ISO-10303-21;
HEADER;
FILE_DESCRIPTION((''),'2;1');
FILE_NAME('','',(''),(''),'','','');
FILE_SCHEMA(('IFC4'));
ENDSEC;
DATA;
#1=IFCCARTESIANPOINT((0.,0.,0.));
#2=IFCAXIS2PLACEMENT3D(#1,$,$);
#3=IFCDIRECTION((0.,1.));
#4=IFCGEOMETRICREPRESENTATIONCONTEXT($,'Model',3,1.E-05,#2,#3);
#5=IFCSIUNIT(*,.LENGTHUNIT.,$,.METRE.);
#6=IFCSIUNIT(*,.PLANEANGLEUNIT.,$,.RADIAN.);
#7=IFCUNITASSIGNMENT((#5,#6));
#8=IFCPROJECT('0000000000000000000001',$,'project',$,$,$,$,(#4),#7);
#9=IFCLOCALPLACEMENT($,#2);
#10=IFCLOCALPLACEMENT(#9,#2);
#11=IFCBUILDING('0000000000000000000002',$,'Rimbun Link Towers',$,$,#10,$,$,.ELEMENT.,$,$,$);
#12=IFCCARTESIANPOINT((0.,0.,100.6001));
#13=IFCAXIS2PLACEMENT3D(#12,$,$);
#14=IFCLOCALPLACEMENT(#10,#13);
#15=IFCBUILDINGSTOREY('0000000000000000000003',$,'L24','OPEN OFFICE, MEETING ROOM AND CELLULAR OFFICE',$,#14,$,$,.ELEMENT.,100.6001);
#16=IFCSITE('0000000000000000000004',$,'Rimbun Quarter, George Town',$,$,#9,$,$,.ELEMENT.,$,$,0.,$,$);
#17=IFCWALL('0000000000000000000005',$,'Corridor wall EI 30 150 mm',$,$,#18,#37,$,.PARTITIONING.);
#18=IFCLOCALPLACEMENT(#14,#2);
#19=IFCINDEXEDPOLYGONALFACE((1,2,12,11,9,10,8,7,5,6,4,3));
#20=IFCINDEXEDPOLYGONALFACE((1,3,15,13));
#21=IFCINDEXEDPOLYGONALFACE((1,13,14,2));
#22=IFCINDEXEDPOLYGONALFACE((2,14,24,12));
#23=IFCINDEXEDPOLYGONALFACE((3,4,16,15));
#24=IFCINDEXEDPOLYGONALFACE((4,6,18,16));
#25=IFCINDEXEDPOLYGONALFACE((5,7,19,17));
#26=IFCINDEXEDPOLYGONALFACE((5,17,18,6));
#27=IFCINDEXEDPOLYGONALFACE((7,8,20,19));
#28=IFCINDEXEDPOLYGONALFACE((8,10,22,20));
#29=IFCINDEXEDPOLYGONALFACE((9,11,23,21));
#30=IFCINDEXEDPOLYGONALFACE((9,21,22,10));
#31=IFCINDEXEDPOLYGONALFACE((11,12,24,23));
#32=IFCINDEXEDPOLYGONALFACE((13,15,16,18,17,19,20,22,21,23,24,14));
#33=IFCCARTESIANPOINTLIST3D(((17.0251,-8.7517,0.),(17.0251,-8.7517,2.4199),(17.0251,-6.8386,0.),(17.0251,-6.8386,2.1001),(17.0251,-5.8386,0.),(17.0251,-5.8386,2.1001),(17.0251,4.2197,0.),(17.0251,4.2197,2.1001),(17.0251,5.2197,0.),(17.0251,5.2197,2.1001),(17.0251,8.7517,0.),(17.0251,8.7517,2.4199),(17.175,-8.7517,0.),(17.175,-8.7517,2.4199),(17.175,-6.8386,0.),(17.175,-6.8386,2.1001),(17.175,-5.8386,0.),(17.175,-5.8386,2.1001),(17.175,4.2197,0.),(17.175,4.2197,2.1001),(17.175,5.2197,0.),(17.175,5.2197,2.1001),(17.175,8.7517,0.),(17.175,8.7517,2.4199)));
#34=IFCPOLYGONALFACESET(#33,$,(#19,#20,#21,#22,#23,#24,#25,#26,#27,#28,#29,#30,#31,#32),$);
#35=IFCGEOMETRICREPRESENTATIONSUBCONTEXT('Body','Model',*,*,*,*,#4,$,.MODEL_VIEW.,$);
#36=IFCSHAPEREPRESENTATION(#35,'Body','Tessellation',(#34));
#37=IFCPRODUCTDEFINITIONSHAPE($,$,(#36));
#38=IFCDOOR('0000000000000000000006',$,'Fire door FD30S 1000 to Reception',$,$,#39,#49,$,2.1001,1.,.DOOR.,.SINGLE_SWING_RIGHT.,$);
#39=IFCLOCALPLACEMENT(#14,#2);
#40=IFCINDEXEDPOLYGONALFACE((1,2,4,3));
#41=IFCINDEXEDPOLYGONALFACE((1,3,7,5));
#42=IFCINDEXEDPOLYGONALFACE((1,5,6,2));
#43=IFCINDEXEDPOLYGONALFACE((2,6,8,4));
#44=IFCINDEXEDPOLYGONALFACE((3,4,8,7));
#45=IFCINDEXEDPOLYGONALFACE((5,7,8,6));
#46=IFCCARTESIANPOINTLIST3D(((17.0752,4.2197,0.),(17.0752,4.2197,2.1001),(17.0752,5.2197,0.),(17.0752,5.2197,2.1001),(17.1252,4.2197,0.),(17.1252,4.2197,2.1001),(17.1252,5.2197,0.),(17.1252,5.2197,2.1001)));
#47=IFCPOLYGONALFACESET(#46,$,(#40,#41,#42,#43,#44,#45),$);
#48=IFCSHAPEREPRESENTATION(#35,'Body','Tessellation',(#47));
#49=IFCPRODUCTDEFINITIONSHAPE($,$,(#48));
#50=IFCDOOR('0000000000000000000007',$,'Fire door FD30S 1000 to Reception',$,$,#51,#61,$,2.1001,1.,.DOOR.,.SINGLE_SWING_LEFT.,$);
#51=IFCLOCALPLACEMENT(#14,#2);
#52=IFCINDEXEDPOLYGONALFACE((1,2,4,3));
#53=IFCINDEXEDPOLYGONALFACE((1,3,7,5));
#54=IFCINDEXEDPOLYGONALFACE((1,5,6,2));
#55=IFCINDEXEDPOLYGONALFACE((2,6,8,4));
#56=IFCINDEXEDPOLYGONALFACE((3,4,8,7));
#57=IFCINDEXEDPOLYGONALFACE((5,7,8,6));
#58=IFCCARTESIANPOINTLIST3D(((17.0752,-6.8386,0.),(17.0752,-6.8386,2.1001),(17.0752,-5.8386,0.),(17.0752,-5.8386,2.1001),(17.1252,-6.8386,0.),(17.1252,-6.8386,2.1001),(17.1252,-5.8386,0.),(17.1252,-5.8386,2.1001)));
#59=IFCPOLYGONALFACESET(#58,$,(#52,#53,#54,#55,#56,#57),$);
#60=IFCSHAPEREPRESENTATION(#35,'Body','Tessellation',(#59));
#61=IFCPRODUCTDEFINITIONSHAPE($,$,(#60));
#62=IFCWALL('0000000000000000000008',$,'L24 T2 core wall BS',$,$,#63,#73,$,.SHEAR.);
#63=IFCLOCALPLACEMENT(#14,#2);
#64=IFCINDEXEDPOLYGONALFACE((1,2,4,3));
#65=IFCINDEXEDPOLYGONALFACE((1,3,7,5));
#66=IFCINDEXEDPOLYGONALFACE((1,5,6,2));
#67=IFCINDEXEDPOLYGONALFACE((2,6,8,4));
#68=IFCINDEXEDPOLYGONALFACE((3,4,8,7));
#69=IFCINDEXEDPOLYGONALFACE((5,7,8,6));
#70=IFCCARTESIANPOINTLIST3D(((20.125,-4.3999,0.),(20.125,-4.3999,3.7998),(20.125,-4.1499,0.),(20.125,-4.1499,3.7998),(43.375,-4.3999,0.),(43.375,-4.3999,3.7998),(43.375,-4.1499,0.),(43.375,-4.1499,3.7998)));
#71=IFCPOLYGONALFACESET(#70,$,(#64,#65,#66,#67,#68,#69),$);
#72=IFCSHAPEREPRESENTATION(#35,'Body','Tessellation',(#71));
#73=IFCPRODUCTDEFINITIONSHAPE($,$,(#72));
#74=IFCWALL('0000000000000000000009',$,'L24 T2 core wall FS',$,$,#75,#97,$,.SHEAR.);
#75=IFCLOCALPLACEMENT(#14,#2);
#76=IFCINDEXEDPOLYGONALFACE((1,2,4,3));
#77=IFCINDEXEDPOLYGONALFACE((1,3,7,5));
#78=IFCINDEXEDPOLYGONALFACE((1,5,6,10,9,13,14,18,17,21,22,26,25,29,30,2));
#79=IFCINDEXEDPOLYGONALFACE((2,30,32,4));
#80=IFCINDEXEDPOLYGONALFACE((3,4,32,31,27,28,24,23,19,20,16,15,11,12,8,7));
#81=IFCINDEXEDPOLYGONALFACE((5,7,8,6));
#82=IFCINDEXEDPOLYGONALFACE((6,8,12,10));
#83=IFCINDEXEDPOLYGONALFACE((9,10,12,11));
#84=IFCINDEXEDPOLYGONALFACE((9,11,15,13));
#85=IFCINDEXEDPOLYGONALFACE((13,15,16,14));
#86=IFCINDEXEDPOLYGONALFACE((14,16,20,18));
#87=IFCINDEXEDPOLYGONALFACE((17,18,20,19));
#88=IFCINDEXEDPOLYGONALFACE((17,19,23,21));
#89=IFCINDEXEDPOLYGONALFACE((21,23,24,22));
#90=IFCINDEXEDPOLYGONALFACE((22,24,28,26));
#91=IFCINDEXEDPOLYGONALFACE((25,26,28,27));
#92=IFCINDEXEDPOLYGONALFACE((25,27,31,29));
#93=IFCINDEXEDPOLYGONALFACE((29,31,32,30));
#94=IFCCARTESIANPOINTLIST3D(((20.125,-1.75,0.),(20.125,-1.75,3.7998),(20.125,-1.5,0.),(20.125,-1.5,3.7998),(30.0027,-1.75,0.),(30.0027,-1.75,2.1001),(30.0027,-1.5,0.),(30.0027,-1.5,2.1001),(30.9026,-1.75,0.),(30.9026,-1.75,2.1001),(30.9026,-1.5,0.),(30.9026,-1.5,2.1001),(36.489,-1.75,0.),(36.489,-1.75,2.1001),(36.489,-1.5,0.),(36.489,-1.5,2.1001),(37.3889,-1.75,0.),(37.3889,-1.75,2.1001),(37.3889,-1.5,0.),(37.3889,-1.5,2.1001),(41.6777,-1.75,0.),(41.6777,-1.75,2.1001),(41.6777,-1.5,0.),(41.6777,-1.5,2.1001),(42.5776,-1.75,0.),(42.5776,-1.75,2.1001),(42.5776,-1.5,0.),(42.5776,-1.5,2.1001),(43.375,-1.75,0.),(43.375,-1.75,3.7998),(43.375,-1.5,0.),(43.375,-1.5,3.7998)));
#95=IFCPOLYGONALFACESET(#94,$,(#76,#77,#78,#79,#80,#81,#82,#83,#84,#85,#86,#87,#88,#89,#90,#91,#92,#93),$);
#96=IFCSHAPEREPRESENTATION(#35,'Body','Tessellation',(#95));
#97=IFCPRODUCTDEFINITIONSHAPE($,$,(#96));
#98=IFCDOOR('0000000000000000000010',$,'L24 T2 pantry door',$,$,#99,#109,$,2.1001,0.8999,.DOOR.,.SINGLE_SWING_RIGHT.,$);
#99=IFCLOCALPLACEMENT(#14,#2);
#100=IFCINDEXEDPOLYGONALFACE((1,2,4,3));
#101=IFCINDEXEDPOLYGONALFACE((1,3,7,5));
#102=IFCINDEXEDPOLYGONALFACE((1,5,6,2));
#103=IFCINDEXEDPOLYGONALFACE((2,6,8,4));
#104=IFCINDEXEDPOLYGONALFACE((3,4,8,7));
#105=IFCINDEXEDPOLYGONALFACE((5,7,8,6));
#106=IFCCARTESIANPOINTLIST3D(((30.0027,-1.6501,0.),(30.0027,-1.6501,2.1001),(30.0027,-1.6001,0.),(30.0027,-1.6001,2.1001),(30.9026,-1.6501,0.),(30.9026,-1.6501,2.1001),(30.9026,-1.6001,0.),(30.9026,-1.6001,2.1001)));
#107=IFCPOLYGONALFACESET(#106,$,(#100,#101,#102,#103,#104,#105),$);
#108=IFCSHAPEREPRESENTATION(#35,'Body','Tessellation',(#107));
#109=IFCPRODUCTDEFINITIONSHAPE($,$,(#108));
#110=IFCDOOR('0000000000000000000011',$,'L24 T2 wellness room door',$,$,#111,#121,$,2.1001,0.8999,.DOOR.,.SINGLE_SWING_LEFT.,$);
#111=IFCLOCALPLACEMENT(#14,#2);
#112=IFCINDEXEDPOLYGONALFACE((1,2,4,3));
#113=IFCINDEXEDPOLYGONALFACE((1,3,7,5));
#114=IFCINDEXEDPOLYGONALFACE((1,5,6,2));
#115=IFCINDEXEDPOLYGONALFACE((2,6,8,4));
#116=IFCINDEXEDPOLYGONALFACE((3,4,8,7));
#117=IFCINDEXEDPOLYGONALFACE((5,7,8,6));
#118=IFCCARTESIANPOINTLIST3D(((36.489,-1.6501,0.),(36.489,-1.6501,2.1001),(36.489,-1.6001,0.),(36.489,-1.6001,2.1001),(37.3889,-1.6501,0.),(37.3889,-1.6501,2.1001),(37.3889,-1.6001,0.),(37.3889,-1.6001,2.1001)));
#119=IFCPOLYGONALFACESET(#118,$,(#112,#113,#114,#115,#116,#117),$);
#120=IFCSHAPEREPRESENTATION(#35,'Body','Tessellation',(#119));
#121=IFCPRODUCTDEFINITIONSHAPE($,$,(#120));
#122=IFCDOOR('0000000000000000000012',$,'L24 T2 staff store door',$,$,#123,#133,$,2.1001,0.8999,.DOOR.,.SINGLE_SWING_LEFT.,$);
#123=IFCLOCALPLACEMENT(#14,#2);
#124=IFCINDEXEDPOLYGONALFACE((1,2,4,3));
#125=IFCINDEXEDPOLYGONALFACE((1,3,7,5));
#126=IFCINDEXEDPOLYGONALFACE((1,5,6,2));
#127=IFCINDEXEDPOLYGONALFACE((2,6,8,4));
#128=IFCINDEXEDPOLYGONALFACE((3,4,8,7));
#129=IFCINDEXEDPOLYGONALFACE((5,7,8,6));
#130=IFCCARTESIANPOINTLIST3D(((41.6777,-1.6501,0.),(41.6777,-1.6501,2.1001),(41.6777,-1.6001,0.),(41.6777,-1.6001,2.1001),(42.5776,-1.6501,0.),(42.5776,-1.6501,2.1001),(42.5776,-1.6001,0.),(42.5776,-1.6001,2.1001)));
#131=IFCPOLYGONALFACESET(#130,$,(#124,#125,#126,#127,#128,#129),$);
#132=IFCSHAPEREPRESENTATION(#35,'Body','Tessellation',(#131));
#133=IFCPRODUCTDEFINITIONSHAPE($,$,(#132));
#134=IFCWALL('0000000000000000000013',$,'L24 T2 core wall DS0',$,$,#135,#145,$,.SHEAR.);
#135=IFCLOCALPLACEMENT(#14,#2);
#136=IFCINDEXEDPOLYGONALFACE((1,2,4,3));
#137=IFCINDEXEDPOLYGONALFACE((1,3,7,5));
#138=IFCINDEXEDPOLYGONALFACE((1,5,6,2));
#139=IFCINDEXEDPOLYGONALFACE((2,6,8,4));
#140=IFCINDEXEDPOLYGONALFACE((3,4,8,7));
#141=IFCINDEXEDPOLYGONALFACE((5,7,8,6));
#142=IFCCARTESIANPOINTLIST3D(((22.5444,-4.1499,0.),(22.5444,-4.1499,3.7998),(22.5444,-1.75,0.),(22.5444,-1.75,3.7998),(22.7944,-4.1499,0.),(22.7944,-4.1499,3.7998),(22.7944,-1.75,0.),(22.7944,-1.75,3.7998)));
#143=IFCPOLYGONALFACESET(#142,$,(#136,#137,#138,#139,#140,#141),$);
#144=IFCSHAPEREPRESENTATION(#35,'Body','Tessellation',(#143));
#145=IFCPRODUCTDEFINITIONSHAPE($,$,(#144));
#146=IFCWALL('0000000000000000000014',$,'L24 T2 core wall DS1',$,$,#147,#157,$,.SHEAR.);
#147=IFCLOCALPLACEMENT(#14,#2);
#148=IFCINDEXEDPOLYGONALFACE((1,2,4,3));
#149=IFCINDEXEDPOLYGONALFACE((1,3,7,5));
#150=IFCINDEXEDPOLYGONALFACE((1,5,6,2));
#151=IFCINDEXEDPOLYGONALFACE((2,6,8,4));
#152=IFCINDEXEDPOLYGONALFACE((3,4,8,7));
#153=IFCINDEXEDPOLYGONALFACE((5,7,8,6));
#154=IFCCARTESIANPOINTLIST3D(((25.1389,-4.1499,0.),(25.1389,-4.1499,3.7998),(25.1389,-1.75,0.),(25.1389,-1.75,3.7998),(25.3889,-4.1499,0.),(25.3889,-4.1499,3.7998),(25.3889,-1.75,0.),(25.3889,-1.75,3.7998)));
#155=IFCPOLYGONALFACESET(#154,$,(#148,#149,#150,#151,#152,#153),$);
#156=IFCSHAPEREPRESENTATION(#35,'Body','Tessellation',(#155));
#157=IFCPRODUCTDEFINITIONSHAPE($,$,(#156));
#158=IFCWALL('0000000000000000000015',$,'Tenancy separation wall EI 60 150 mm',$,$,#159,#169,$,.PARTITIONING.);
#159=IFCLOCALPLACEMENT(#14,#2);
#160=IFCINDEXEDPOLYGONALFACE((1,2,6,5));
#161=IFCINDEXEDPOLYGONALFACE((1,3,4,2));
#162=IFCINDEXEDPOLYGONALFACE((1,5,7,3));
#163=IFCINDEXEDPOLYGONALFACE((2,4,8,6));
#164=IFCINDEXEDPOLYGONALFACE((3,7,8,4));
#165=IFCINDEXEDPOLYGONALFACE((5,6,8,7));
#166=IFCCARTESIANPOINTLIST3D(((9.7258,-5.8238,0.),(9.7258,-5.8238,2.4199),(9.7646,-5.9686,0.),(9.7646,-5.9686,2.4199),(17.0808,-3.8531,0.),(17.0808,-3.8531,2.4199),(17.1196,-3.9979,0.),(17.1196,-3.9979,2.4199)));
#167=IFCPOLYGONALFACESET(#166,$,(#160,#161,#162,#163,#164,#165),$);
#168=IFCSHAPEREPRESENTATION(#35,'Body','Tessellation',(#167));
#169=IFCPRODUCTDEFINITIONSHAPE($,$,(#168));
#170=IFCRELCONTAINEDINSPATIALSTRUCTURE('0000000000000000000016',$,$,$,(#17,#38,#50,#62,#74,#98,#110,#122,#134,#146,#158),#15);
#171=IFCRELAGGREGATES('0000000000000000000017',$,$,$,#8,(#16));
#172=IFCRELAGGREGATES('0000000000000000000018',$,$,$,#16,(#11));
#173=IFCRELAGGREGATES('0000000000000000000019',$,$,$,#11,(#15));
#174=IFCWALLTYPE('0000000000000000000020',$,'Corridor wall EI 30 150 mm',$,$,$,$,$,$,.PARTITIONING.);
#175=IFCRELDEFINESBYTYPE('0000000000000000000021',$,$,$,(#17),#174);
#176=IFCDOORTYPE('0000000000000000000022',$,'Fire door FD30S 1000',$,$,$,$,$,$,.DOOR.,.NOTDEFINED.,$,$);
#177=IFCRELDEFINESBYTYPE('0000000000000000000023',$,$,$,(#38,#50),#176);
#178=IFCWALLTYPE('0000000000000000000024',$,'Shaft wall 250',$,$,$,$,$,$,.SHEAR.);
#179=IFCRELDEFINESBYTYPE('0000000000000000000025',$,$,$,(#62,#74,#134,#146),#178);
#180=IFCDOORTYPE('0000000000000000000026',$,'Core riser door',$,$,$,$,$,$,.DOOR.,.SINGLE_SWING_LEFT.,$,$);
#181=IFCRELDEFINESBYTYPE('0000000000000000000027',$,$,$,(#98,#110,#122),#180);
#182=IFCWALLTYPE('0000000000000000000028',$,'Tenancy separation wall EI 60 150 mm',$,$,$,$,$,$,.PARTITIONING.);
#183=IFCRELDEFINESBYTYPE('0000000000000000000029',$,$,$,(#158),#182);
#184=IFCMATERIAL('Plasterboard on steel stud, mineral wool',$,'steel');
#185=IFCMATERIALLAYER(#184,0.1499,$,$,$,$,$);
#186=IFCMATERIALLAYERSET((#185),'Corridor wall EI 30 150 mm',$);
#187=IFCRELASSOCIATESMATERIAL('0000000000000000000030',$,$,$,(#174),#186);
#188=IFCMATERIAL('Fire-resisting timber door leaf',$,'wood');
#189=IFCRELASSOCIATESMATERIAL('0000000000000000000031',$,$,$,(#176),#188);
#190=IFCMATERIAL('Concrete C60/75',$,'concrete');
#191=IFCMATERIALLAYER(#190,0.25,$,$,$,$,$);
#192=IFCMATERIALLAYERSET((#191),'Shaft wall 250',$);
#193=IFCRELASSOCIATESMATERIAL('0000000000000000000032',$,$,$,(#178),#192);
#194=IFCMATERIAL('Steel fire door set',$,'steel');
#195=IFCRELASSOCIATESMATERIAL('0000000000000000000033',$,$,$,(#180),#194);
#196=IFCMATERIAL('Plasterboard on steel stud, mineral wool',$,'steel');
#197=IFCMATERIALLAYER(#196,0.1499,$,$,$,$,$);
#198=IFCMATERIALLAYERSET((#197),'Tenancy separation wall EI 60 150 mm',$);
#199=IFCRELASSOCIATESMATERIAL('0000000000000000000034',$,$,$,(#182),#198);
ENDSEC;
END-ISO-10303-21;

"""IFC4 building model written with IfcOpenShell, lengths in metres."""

from ifc_helpers import new_model, si_unit, direction, frame, frame_2d, origin, place, context, subcontext, project, spatial, rectangle, extrude, material, layer, layer_set, type_object, element, fill, save


model = new_model("IFC4")

# Units and contexts
model_context = context("Model", 3, precision=1e-05, world=origin(), true_north=direction((0.0, 1.0)))
body_context = subcontext(model_context, "Body", "Model", "MODEL_VIEW")
ifc_project = project(units=[si_unit("LENGTHUNIT", "METRE"), si_unit("PLANEANGLEUNIT", "RADIAN")], contexts=[model_context])

# Site, building, storey
site_placement = place(None, origin())
site = spatial("IfcSite", under=ifc_project, at=site_placement, Name="Rimbun Quarter, George Town", CompositionType="ELEMENT", RefElevation=0.0)
building_placement = place(site_placement, origin())
building = spatial("IfcBuilding", under=site, at=building_placement, Name="Rimbun Link Towers", CompositionType="ELEMENT")
storey_placement = place(building_placement, frame((0.0, 0.0, 100.6001)))
storey = spatial("IfcBuildingStorey", under=building, at=storey_placement, Name="L24", Description="OPEN OFFICE, MEETING ROOM AND CELLULAR OFFICE", CompositionType="ELEMENT", Elevation=100.6001)

# Shared definitions
ifc_material_1 = material(Name="Plasterboard on steel stud, mineral wool", Category="steel")
ifc_layer_1 = layer(ifc_material_1, 0.1499)
ifc_layer_set_1 = layer_set([ifc_layer_1], Name="Corridor wall EI 30 150 mm")
wall_type_1 = type_object("IfcWallType", Name="Corridor wall EI 30 150 mm", PredefinedType="PARTITIONING", material=ifc_layer_set_1)

# Wall, openings, doors
wall_1_placement = place(storey_placement, frame((17.1001, -8.7517, 0.0), z_axis=(0.0, 0.0, 1.0), x_axis=(0.0, 1.0, 0.0)))
wall_1 = element("IfcWall", 1, at=wall_1_placement, inside=storey, type_object=wall_type_1, Name="Corridor wall EI 30 150 mm", PredefinedType="PARTITIONING", context=body_context, shape_type="SweptSolid", body=[
    extrude(rectangle(XDim=17.5034, YDim=0.1499, at=frame_2d((8.7517, 0.0))), origin(), (0.0, 0.0, 1.0), 2.4199),
])
opening_1_placement = place(wall_1_placement, frame((12.9714, 0.0, 0.0)))
opening_1 = element("IfcOpeningElement", 2, at=opening_1_placement, cuts=wall_1, PredefinedType="OPENING", context=body_context, shape_type="SweptSolid", body=[
    extrude(rectangle(XDim=1.0, YDim=2.1001, at=frame_2d((0.5, 1.05))), frame((0.0, 0.085, 0.0), z_axis=(0.0, -1.0, 0.0), x_axis=(1.0, 0.0, 0.0)), (0.0, 0.0, 1.0), 0.1699),
])
opening_2_placement = place(wall_1_placement, frame((1.9131, 0.0, 0.0)))
opening_2 = element("IfcOpeningElement", 3, at=opening_2_placement, cuts=wall_1, PredefinedType="OPENING", context=body_context, shape_type="SweptSolid", body=[
    extrude(rectangle(XDim=1.0, YDim=2.1001, at=frame_2d((0.5, 1.05))), frame((0.0, 0.085, 0.0), z_axis=(0.0, -1.0, 0.0), x_axis=(1.0, 0.0, 0.0)), (0.0, 0.0, 1.0), 0.1699),
])
ifc_material_2 = material(Name="Fire-resisting timber door leaf", Category="wood")
door_type_1 = type_object("IfcDoorType", Name="Fire door FD30S 1000", OperationType="NOTDEFINED", PredefinedType="DOOR", material=ifc_material_2)
door_1_placement = place(opening_1_placement, origin())
door_1 = element("IfcDoor", 4, at=door_1_placement, inside=storey, type_object=door_type_1, Name="Fire door FD30S 1000 to Reception", OperationType="SINGLE_SWING_RIGHT", OverallHeight=2.1001, OverallWidth=1.0, PredefinedType="DOOR", context=body_context, shape_type="SweptSolid", body=[
    extrude(rectangle(XDim=1.0, YDim=2.1001, at=frame_2d((0.5, 1.05))), frame((0.0, 0.0249, 0.0), z_axis=(0.0, -1.0, 0.0), x_axis=(1.0, 0.0, 0.0)), (0.0, 0.0, 1.0), 0.05),
])
fill(opening_1, door_1)
door_2_placement = place(opening_2_placement, origin())
door_2 = element("IfcDoor", 5, at=door_2_placement, inside=storey, type_object=door_type_1, Name="Fire door FD30S 1000 to Reception", OperationType="SINGLE_SWING_LEFT", OverallHeight=2.1001, OverallWidth=1.0, PredefinedType="DOOR", context=body_context, shape_type="SweptSolid", body=[
    extrude(rectangle(XDim=1.0, YDim=2.1001, at=frame_2d((0.5, 1.05))), frame((0.0, 0.0249, 0.0), z_axis=(0.0, -1.0, 0.0), x_axis=(1.0, 0.0, 0.0)), (0.0, 0.0, 1.0), 0.05),
])
fill(opening_2, door_2)

# Wall
ifc_material_3 = material(Name="Concrete C60/75", Category="concrete")
ifc_layer_2 = layer(ifc_material_3, 0.25)
ifc_layer_set_2 = layer_set([ifc_layer_2], Name="Shaft wall 250")
wall_type_2 = type_object("IfcWallType", Name="Shaft wall 250", PredefinedType="SHEAR", material=ifc_layer_set_2)
wall_2_placement = place(storey_placement, frame((20.125, -4.2749, 0.0), z_axis=(0.0, 0.0, 1.0), x_axis=(1.0, 0.0, 0.0)))
element("IfcWall", 6, at=wall_2_placement, inside=storey, type_object=wall_type_2, Name="L24 T2 core wall BS", PredefinedType="SHEAR", context=body_context, shape_type="SweptSolid", body=[
    extrude(rectangle(XDim=23.25, YDim=0.25, at=frame_2d((11.625, 0.0))), origin(), (0.0, 0.0, 1.0), 3.7998),
])

# Wall, openings, doors
wall_3_placement = place(storey_placement, frame((20.125, -1.625, 0.0), z_axis=(0.0, 0.0, 1.0), x_axis=(1.0, 0.0, 0.0)))
wall_3 = element("IfcWall", 7, at=wall_3_placement, inside=storey, type_object=wall_type_2, Name="L24 T2 core wall FS", PredefinedType="SHEAR", context=body_context, shape_type="SweptSolid", body=[
    extrude(rectangle(XDim=23.25, YDim=0.25, at=frame_2d((11.625, 0.0))), origin(), (0.0, 0.0, 1.0), 3.7998),
])
opening_3_placement = place(wall_3_placement, frame((9.8777, 0.0, 0.0)))
opening_3 = element("IfcOpeningElement", 8, at=opening_3_placement, cuts=wall_3, PredefinedType="OPENING", context=body_context, shape_type="SweptSolid", body=[
    extrude(rectangle(XDim=0.8999, YDim=2.1001, at=frame_2d((0.45, 1.05))), frame((0.0, 0.135, 0.0), z_axis=(0.0, -1.0, 0.0), x_axis=(1.0, 0.0, 0.0)), (0.0, 0.0, 1.0), 0.27),
])
opening_4_placement = place(wall_3_placement, frame((16.364, 0.0, 0.0)))
opening_4 = element("IfcOpeningElement", 9, at=opening_4_placement, cuts=wall_3, PredefinedType="OPENING", context=body_context, shape_type="SweptSolid", body=[
    extrude(rectangle(XDim=0.8999, YDim=2.1001, at=frame_2d((0.45, 1.05))), frame((0.0, 0.135, 0.0), z_axis=(0.0, -1.0, 0.0), x_axis=(1.0, 0.0, 0.0)), (0.0, 0.0, 1.0), 0.27),
])
opening_5_placement = place(wall_3_placement, frame((21.5527, 0.0, 0.0)))
opening_5 = element("IfcOpeningElement", 10, at=opening_5_placement, cuts=wall_3, PredefinedType="OPENING", context=body_context, shape_type="SweptSolid", body=[
    extrude(rectangle(XDim=0.8999, YDim=2.1001, at=frame_2d((0.45, 1.05))), frame((0.0, 0.135, 0.0), z_axis=(0.0, -1.0, 0.0), x_axis=(1.0, 0.0, 0.0)), (0.0, 0.0, 1.0), 0.27),
])
ifc_material_4 = material(Name="Steel fire door set", Category="steel")
door_type_2 = type_object("IfcDoorType", Name="Core riser door", OperationType="SINGLE_SWING_LEFT", PredefinedType="DOOR", material=ifc_material_4)
door_3_placement = place(opening_3_placement, origin())
door_3 = element("IfcDoor", 11, at=door_3_placement, inside=storey, type_object=door_type_2, Name="L24 T2 pantry door", OperationType="SINGLE_SWING_RIGHT", OverallHeight=2.1001, OverallWidth=0.8999, PredefinedType="DOOR", context=body_context, shape_type="SweptSolid", body=[
    extrude(rectangle(XDim=0.8999, YDim=2.1001, at=frame_2d((0.45, 1.05))), frame((0.0, 0.0249, 0.0), z_axis=(0.0, -1.0, 0.0), x_axis=(1.0, 0.0, 0.0)), (0.0, 0.0, 1.0), 0.05),
])
fill(opening_3, door_3)
door_4_placement = place(opening_4_placement, origin())
door_4 = element("IfcDoor", 12, at=door_4_placement, inside=storey, type_object=door_type_2, Name="L24 T2 wellness room door", OperationType="SINGLE_SWING_LEFT", OverallHeight=2.1001, OverallWidth=0.8999, PredefinedType="DOOR", context=body_context, shape_type="SweptSolid", body=[
    extrude(rectangle(XDim=0.8999, YDim=2.1001, at=frame_2d((0.45, 1.05))), frame((0.0, 0.0249, 0.0), z_axis=(0.0, -1.0, 0.0), x_axis=(1.0, 0.0, 0.0)), (0.0, 0.0, 1.0), 0.05),
])
fill(opening_4, door_4)
door_5_placement = place(opening_5_placement, origin())
door_5 = element("IfcDoor", 13, at=door_5_placement, inside=storey, type_object=door_type_2, Name="L24 T2 staff store door", OperationType="SINGLE_SWING_LEFT", OverallHeight=2.1001, OverallWidth=0.8999, PredefinedType="DOOR", context=body_context, shape_type="SweptSolid", body=[
    extrude(rectangle(XDim=0.8999, YDim=2.1001, at=frame_2d((0.45, 1.05))), frame((0.0, 0.0249, 0.0), z_axis=(0.0, -1.0, 0.0), x_axis=(1.0, 0.0, 0.0)), (0.0, 0.0, 1.0), 0.05),
])
fill(opening_5, door_5)

# Walls
for number, where, z_axis, x_axis, name in (
    (14, (22.6694, -4.1499, 0.0), (0.0, 0.0, 1.0), (0.0, 1.0, 0.0), "L24 T2 core wall DS0"),
    (15, (25.2639, -4.1499, 0.0), (0.0, 0.0, 1.0), (0.0, 1.0, 0.0), "L24 T2 core wall DS1"),
):
    element("IfcWall", number, at=place(storey_placement, frame(where, z_axis=z_axis, x_axis=x_axis)), inside=storey, type_object=wall_type_2, Name=name, PredefinedType="SHEAR", context=body_context, shape_type="SweptSolid", body=[
        extrude(rectangle(XDim=2.3999, YDim=0.25, at=frame_2d((1.2, 0.0))), origin(), (0.0, 0.0, 1.0), 3.7998),
    ])
ifc_material_5 = material(Name="Plasterboard on steel stud, mineral wool", Category="steel")
ifc_layer_3 = layer(ifc_material_5, 0.1499)
ifc_layer_set_3 = layer_set([ifc_layer_3], Name="Tenancy separation wall EI 60 150 mm")
wall_type_3 = type_object("IfcWallType", Name="Tenancy separation wall EI 60 150 mm", PredefinedType="PARTITIONING", material=ifc_layer_set_3)
wall_4_placement = place(storey_placement, frame((17.1001, -3.9255, 0.0), z_axis=(0.0, 0.0, 1.0), x_axis=(-0.965928, -0.258812, 0.0)))
element("IfcWall", 16, at=wall_4_placement, inside=storey, type_object=wall_type_3, Name="Tenancy separation wall EI 60 150 mm", PredefinedType="PARTITIONING", context=body_context, shape_type="SweptSolid", body=[
    extrude(rectangle(XDim=7.6145, YDim=0.1499, at=frame_2d((3.8071, 0.0))), origin(), (0.0, 0.0, 1.0), 2.4199),
])

save(model, "model.ifc")
